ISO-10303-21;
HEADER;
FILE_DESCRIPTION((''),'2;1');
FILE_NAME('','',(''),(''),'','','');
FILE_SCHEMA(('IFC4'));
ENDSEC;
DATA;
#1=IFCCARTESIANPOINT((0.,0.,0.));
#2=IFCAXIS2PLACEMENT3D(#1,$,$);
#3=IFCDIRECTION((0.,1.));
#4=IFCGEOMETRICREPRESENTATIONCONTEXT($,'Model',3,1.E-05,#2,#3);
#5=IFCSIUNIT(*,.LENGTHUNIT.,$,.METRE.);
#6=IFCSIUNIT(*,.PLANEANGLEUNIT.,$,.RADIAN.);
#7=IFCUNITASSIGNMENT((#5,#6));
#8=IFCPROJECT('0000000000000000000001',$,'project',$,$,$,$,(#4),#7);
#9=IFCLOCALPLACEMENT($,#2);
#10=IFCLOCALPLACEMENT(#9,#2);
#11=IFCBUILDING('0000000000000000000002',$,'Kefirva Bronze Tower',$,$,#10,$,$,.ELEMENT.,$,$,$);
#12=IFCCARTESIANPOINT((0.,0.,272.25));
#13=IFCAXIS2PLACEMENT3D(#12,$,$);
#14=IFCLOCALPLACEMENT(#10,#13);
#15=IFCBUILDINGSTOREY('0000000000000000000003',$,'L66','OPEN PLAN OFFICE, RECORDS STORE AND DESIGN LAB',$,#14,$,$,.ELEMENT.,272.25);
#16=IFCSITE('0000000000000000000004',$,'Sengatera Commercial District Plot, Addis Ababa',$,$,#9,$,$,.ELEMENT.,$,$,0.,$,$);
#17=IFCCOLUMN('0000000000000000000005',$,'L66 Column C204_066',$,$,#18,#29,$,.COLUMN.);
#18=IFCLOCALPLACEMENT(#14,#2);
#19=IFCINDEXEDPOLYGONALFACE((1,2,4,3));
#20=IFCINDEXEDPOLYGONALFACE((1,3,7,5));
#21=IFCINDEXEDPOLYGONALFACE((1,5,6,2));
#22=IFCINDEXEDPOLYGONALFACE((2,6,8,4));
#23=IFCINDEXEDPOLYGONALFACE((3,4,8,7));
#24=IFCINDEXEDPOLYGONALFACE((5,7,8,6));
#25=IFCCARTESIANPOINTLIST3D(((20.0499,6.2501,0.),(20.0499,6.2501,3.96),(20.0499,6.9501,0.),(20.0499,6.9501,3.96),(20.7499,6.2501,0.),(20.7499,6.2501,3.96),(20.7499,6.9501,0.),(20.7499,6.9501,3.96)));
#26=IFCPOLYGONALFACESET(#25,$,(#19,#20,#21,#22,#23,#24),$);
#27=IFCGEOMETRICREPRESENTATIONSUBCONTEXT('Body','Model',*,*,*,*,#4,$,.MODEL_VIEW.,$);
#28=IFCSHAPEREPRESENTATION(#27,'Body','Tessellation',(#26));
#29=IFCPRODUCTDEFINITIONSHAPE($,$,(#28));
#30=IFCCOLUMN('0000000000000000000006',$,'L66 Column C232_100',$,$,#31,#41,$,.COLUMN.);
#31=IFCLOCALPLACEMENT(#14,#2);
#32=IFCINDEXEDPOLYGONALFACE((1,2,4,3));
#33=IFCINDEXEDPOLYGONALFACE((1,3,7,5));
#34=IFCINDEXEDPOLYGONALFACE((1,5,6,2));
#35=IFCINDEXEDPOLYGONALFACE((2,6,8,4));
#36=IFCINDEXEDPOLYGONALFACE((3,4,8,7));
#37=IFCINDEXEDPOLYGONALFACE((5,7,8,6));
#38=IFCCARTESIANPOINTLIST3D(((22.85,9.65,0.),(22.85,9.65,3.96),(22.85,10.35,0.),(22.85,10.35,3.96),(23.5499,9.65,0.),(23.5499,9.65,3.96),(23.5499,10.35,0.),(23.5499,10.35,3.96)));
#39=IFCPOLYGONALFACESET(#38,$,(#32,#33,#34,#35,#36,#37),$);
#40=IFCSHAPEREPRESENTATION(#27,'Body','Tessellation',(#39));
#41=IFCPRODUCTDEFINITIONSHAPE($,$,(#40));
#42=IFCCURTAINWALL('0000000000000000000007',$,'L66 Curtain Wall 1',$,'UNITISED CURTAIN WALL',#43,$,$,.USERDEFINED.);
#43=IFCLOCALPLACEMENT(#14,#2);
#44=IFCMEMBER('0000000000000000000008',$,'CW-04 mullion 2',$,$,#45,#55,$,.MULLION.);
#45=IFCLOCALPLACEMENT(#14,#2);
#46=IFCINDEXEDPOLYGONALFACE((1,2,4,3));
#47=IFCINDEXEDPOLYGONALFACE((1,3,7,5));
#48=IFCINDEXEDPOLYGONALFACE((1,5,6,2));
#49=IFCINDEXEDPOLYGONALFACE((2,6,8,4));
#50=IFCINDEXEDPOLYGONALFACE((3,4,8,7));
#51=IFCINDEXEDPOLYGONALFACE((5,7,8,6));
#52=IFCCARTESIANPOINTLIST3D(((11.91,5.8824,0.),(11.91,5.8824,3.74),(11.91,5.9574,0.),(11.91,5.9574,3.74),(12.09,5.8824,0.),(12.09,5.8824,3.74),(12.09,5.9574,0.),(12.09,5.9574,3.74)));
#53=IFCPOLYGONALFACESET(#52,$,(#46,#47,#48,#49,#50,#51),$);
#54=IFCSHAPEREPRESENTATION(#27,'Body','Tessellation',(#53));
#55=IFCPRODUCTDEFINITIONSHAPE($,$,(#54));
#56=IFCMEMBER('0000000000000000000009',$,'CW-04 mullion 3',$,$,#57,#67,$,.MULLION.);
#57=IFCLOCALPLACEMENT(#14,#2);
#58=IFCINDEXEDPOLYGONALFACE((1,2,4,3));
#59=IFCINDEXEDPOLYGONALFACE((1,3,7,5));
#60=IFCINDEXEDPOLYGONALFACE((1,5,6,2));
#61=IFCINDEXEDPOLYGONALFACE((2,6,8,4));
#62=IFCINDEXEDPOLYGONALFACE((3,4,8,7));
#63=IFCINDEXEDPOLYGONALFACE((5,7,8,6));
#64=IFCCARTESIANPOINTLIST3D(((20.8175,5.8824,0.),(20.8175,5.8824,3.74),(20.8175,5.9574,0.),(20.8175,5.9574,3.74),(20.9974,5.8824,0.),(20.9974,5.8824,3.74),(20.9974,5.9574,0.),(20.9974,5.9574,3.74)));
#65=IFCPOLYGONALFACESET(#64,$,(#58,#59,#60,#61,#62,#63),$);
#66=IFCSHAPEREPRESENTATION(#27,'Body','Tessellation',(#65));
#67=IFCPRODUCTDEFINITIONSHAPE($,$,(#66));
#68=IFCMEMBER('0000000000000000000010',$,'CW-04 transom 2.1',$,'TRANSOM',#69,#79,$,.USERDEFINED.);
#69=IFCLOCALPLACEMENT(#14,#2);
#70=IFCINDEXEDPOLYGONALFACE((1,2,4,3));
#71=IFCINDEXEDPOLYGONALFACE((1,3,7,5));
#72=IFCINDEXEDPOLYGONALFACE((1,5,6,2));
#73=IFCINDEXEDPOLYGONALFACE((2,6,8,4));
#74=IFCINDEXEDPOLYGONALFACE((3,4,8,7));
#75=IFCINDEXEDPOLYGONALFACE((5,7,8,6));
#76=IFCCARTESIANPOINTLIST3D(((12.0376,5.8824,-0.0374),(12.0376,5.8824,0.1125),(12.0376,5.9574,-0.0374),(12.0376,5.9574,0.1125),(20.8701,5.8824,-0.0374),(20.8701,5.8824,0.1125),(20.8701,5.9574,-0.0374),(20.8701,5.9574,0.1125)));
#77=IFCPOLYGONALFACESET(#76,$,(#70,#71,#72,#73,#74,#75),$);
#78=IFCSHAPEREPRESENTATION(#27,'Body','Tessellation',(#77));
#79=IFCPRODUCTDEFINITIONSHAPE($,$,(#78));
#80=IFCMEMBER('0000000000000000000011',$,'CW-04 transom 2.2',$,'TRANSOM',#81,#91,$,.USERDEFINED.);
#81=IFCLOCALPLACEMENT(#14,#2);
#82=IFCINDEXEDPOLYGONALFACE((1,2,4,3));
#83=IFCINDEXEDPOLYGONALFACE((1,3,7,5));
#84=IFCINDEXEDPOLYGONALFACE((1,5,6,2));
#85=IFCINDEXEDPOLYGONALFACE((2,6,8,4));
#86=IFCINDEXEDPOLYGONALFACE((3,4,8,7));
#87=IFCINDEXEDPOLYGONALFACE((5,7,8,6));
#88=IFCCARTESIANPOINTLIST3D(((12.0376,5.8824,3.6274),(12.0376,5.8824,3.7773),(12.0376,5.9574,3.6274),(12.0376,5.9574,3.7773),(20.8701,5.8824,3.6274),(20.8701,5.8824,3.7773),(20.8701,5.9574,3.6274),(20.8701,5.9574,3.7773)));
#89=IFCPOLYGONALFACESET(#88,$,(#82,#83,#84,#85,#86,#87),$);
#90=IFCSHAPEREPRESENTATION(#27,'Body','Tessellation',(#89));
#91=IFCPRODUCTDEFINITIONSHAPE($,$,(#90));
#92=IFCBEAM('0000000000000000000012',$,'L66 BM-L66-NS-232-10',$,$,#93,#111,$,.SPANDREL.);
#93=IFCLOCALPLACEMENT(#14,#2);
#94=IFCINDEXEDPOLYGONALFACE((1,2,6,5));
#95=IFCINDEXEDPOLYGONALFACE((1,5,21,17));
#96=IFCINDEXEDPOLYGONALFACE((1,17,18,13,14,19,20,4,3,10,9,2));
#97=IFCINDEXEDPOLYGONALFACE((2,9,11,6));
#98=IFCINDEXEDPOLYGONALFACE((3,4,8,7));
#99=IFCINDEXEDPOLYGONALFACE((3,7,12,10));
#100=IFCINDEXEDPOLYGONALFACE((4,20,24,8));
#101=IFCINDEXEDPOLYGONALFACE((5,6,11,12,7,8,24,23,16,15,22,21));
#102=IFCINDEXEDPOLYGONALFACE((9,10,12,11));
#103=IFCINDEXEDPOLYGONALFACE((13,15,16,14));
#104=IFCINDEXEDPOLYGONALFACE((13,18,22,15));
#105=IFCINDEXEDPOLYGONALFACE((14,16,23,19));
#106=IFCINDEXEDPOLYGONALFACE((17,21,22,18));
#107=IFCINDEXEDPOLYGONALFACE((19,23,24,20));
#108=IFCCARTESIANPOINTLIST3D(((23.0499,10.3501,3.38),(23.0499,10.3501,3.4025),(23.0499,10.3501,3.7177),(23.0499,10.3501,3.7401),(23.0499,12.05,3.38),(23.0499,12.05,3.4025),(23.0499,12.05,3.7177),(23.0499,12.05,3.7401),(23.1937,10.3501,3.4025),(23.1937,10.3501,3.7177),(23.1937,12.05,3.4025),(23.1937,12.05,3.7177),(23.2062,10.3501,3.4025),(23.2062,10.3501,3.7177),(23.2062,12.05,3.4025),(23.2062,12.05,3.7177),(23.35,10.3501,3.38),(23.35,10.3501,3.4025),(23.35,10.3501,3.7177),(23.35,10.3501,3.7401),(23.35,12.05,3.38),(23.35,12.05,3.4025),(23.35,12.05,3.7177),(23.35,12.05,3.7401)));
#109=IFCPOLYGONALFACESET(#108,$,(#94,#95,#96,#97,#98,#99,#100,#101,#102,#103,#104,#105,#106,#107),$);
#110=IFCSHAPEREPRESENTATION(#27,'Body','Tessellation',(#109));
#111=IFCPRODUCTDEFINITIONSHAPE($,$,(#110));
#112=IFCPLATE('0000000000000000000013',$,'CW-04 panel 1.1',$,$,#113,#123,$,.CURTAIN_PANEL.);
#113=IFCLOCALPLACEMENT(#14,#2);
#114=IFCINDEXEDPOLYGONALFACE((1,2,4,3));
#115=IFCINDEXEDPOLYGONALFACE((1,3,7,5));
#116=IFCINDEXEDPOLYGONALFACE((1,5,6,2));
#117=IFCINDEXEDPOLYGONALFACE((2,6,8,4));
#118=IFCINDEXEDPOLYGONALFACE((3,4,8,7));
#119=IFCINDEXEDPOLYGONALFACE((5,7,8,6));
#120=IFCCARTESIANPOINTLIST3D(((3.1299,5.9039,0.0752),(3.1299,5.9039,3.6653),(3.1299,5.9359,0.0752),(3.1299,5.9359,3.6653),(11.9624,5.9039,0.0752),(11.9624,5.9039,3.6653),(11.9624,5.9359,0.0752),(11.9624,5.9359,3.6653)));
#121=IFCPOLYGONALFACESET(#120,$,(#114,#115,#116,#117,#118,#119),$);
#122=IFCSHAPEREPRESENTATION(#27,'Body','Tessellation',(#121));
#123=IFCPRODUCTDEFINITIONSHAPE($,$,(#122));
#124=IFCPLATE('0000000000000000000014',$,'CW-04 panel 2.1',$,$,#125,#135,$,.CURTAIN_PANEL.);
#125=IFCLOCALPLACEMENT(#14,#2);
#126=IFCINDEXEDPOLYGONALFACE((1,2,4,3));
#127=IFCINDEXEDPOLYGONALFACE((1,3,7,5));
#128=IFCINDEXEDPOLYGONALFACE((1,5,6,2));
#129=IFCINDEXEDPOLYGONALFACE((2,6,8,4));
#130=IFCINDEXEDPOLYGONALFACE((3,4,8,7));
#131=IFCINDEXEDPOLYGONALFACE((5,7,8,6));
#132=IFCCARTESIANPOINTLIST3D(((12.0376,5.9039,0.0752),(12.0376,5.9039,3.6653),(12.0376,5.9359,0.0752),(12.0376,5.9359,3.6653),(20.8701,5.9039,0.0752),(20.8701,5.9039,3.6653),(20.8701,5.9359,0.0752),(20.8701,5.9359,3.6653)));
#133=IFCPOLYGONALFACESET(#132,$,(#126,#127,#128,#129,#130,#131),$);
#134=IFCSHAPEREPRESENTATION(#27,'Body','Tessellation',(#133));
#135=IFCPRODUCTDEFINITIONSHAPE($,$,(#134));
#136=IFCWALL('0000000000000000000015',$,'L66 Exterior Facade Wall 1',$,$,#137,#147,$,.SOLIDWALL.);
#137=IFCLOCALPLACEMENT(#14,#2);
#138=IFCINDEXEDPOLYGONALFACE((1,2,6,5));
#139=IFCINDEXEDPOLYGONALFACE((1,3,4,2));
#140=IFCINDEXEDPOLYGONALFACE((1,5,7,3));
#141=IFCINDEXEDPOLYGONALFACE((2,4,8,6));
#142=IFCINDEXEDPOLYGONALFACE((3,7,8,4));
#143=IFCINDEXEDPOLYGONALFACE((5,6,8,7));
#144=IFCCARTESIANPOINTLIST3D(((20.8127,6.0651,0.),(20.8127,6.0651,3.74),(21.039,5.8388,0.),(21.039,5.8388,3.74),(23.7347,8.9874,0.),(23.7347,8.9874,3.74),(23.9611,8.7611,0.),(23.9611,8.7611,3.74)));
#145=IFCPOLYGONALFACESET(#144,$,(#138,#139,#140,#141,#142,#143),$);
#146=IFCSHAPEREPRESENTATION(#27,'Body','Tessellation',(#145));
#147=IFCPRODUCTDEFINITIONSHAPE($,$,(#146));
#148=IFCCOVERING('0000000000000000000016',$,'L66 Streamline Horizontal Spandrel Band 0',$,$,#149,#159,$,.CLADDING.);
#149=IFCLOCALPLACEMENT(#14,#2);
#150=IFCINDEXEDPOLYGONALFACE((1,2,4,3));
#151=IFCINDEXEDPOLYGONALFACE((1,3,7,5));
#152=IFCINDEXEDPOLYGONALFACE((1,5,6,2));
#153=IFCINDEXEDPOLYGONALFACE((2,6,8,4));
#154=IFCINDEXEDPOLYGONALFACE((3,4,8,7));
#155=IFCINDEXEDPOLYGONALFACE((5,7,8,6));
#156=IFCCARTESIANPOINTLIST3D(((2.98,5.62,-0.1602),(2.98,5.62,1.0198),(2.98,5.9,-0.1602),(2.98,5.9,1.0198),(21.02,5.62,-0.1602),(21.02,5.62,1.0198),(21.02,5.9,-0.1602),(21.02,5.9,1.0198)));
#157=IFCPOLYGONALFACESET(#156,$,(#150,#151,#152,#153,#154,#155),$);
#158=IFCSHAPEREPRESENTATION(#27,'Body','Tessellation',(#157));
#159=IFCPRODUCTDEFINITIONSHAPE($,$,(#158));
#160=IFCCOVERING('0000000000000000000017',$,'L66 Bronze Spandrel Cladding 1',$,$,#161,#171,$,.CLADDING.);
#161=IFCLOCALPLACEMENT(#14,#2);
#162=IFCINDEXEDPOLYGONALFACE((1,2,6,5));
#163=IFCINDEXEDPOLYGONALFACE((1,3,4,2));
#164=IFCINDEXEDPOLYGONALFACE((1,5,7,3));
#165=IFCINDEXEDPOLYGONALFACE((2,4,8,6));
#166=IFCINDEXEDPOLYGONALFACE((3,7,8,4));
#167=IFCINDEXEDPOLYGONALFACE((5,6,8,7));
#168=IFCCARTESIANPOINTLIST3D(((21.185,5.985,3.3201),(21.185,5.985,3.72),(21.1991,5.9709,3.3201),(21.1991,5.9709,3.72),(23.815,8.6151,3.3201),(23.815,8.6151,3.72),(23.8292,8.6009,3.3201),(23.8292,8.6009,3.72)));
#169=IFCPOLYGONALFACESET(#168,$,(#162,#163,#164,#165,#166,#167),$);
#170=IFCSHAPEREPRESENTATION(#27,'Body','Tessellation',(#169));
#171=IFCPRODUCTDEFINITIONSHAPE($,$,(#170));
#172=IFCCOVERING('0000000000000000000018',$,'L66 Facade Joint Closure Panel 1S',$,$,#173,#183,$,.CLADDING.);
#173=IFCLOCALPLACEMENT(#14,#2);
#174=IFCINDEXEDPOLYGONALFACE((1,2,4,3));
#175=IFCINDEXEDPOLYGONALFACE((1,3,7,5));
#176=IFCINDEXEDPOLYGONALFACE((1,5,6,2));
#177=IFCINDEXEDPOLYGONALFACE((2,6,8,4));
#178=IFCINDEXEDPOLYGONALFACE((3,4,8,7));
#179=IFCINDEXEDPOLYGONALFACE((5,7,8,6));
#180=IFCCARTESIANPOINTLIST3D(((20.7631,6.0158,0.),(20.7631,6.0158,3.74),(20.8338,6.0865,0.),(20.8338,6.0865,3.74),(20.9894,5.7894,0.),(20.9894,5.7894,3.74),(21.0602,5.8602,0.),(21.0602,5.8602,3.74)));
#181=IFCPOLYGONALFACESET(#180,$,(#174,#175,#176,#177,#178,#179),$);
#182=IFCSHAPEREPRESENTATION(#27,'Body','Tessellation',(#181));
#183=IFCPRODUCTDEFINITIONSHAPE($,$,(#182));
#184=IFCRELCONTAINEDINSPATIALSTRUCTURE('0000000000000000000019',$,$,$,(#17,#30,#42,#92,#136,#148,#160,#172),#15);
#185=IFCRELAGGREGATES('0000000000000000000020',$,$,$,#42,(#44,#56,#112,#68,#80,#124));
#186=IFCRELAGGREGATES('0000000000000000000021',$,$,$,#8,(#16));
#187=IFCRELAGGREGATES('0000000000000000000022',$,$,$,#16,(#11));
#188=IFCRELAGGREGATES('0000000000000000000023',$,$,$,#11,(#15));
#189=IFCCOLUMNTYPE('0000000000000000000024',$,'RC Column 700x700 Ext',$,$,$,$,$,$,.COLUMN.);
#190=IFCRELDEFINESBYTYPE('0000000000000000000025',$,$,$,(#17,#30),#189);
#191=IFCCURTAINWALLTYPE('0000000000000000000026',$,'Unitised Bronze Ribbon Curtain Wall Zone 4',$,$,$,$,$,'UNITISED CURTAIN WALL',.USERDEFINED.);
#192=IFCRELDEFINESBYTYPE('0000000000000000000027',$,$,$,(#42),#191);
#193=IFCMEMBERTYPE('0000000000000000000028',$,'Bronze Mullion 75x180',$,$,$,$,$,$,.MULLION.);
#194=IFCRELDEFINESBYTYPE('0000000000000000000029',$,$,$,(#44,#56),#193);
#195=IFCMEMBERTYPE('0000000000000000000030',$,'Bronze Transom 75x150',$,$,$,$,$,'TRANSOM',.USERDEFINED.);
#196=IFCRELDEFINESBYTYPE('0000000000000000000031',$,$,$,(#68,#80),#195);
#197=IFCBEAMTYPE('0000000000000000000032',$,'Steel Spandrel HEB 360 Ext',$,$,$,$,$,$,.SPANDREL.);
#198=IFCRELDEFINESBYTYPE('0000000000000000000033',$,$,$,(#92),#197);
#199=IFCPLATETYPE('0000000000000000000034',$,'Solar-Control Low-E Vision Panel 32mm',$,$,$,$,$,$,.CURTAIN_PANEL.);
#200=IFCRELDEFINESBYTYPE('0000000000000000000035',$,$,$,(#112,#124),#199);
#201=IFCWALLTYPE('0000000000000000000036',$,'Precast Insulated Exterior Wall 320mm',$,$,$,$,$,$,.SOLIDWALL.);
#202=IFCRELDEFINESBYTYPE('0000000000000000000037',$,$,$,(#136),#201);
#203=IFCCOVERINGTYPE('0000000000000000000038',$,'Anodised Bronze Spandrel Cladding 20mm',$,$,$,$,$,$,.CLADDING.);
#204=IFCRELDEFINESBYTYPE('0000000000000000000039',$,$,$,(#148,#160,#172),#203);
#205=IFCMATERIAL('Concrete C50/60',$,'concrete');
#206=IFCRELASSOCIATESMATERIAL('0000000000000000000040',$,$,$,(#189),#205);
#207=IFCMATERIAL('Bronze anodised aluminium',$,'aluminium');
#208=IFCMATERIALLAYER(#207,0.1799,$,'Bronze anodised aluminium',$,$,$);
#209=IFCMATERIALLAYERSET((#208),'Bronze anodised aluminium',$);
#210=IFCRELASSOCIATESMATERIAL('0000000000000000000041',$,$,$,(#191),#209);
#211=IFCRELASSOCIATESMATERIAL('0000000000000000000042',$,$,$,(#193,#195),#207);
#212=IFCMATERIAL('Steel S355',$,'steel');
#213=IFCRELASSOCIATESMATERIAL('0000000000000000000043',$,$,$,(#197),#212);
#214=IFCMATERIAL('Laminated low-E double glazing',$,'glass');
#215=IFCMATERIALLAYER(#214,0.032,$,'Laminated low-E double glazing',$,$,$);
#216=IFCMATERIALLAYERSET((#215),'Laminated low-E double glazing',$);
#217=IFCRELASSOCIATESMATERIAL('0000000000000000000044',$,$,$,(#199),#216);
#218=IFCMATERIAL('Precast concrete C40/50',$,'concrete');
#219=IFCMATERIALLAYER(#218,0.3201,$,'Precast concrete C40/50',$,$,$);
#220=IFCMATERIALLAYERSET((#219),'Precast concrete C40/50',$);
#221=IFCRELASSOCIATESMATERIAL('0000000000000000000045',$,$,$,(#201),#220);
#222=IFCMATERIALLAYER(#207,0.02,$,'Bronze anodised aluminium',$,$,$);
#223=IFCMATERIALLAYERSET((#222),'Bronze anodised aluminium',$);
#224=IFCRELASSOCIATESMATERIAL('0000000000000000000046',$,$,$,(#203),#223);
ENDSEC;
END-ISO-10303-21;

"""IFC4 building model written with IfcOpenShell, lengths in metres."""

from ifc_helpers import new_model, si_unit, direction, frame, frame_2d, origin, origin_2d, place, context, subcontext, project, spatial, rectangle, i_section, extrude, material, layer, layer_set, material_profile, profile_set, type_object, element, aggregate, save


model = new_model("IFC4")

# Units and contexts
model_context = context("Model", 3, precision=1e-05, world=origin(), true_north=direction((0.0, 1.0)))
body_context = subcontext(model_context, "Body", "Model", "MODEL_VIEW")
ifc_project = project(units=[si_unit("LENGTHUNIT", "METRE"), si_unit("PLANEANGLEUNIT", "RADIAN")], contexts=[model_context])

# Site, building, storey
site_placement = place(None, origin())
site = spatial("IfcSite", under=ifc_project, at=site_placement, Name="Sengatera Commercial District Plot, Addis Ababa", CompositionType="ELEMENT", RefElevation=0.0)
building_placement = place(site_placement, origin())
building = spatial("IfcBuilding", under=site, at=building_placement, Name="Kefirva Bronze Tower", CompositionType="ELEMENT")
storey_placement = place(building_placement, frame((0.0, 0.0, 272.25)))
storey = spatial("IfcBuildingStorey", under=building, at=storey_placement, Name="L66", Description="OPEN PLAN OFFICE, RECORDS STORE AND DESIGN LAB", CompositionType="ELEMENT", Elevation=272.25)

# Columns
ifc_material_1 = material(Name="Concrete C50/60", Category="concrete")
ifc_material_profile_1 = material_profile(ifc_material_1, rectangle(XDim=0.7, YDim=0.7, at=origin_2d()), Name="RC 700x700")
ifc_profile_set_1 = profile_set([ifc_material_profile_1], Name="Concrete C50/60")
column_type = type_object("IfcColumnType", Name="RC Column 700x700 Ext", PredefinedType="COLUMN", material=ifc_profile_set_1)
for number, where, z_axis, x_axis, name in (
    (1, (20.3999, 6.6001, 0.0), (0.0, 0.0, 1.0), (1.0, 0.0, 0.0), "L66 Column C204_066"),
    (2, (23.2, 10.0, 0.0), (0.0, 0.0, 1.0), (1.0, 0.0, 0.0), "L66 Column C232_100"),
):
    element("IfcColumn", number, at=place(storey_placement, frame(where, z_axis=z_axis, x_axis=x_axis)), inside=storey, type_object=column_type, Name=name, PredefinedType="COLUMN", context=body_context, shape_type="SweptSolid", body=[
        extrude(rectangle(XDim=0.7, YDim=0.7, at=origin_2d()), origin(), (0.0, 0.0, 1.0), 3.96),
    ])

# Curtain wall, members
ifc_material_2 = material(Name="Bronze anodised aluminium", Category="aluminium")
ifc_layer_1 = layer(ifc_material_2, 0.1799, Name="Bronze anodised aluminium")
ifc_layer_set_1 = layer_set([ifc_layer_1], Name="Bronze anodised aluminium")
curtain_wall_type = type_object("IfcCurtainWallType", Name="Unitised Bronze Ribbon Curtain Wall Zone 4", ElementType="UNITISED CURTAIN WALL", PredefinedType="USERDEFINED", material=ifc_layer_set_1)
curtain_wall_placement = place(storey_placement, origin())
curtain_wall = element("IfcCurtainWall", 3, at=curtain_wall_placement, inside=storey, type_object=curtain_wall_type, Name="L66 Curtain Wall 1", ObjectType="UNITISED CURTAIN WALL", PredefinedType="USERDEFINED")
ifc_material_profile_2 = material_profile(ifc_material_2, rectangle(XDim=0.075, YDim=0.1799, at=origin_2d()), Name="ALU 75x180")
ifc_profile_set_2 = profile_set([ifc_material_profile_2], Name="Bronze anodised aluminium")
member_type_1 = type_object("IfcMemberType", Name="Bronze Mullion 75x180", PredefinedType="MULLION", material=ifc_profile_set_2)
member_1_placement = place(storey_placement, frame((12.0, 5.9199, 0.0), z_axis=(0.0, 0.0, 1.0), x_axis=(0.0, 1.0, 0.0)))
member_1 = element("IfcMember", 4, at=member_1_placement, type_object=member_type_1, Name="CW-04 mullion 2", PredefinedType="MULLION", context=body_context, shape_type="SweptSolid", body=[
    extrude(rectangle(XDim=0.075, YDim=0.1799, at=origin_2d()), origin(), (0.0, 0.0, 1.0), 3.74),
])
member_2_placement = place(storey_placement, frame((20.9075, 5.9199, 0.0), z_axis=(0.0, 0.0, 1.0), x_axis=(0.0, 1.0, 0.0)))
member_2 = element("IfcMember", 5, at=member_2_placement, type_object=member_type_1, Name="CW-04 mullion 3", PredefinedType="MULLION", context=body_context, shape_type="SweptSolid", body=[
    extrude(rectangle(XDim=0.075, YDim=0.1799, at=origin_2d()), origin(), (0.0, 0.0, 1.0), 3.74),
])
ifc_material_profile_3 = material_profile(ifc_material_2, rectangle(XDim=0.075, YDim=0.1499, at=origin_2d()), Name="ALU 75x150")
ifc_profile_set_3 = profile_set([ifc_material_profile_3], Name="Bronze anodised aluminium")
member_type_2 = type_object("IfcMemberType", Name="Bronze Transom 75x150", ElementType="TRANSOM", PredefinedType="USERDEFINED", material=ifc_profile_set_3)
member_3_placement = place(storey_placement, frame((12.0376, 5.9199, 0.0376), z_axis=(1.0, 0.0, 0.0), x_axis=(0.0, 1.0, 0.0)))
member_3 = element("IfcMember", 6, at=member_3_placement, type_object=member_type_2, Name="CW-04 transom 2.1", ObjectType="TRANSOM", PredefinedType="USERDEFINED", context=body_context, shape_type="SweptSolid", body=[
    extrude(rectangle(XDim=0.075, YDim=0.1499, at=origin_2d()), origin(), (0.0, 0.0, 1.0), 8.8325),
])
member_4_placement = place(storey_placement, frame((12.0376, 5.9199, 3.7024), z_axis=(1.0, 0.0, 0.0), x_axis=(0.0, 1.0, 0.0)))
member_4 = element("IfcMember", 7, at=member_4_placement, type_object=member_type_2, Name="CW-04 transom 2.2", ObjectType="TRANSOM", PredefinedType="USERDEFINED", context=body_context, shape_type="SweptSolid", body=[
    extrude(rectangle(XDim=0.075, YDim=0.1499, at=origin_2d()), origin(), (0.0, 0.0, 1.0), 8.8325),
])

# Beam
ifc_material_3 = material(Name="Steel S355", Category="steel")
ifc_material_profile_4 = material_profile(ifc_material_3, i_section(OverallWidth=0.3, OverallDepth=0.3601, WebThickness=0.0125, FlangeThickness=0.0225, at=origin_2d()), Name="HEB 360")
ifc_profile_set_4 = profile_set([ifc_material_profile_4], Name="Steel S355")
beam_type = type_object("IfcBeamType", Name="Steel Spandrel HEB 360 Ext", PredefinedType="SPANDREL", material=ifc_profile_set_4)
beam_placement = place(storey_placement, frame((23.2, 10.3501, 3.5601), z_axis=(0.0, 1.0, 0.0), x_axis=(-1.0, 0.0, 0.0)))
element("IfcBeam", 8, at=beam_placement, inside=storey, type_object=beam_type, Name="L66 BM-L66-NS-232-10", PredefinedType="SPANDREL", context=body_context, shape_type="SweptSolid", body=[
    extrude(i_section(OverallWidth=0.3, OverallDepth=0.3601, WebThickness=0.0125, FlangeThickness=0.0225, at=origin_2d()), origin(), (0.0, 0.0, 1.0), 1.7),
])

# Plates
ifc_material_4 = material(Name="Laminated low-E double glazing", Category="glass")
ifc_layer_2 = layer(ifc_material_4, 0.032, Name="Laminated low-E double glazing")
ifc_layer_set_2 = layer_set([ifc_layer_2], Name="Laminated low-E double glazing")
plate_type = type_object("IfcPlateType", Name="Solar-Control Low-E Vision Panel 32mm", PredefinedType="CURTAIN_PANEL", material=ifc_layer_set_2)
plate_1_placement = place(storey_placement, frame((7.5461, 5.9199, 0.0752), z_axis=(0.0, 0.0, 1.0), x_axis=(1.0, 0.0, 0.0)))
plate_1 = element("IfcPlate", 9, at=plate_1_placement, type_object=plate_type, Name="CW-04 panel 1.1", PredefinedType="CURTAIN_PANEL", context=body_context, shape_type="SweptSolid", body=[
    extrude(rectangle(XDim=8.8325, YDim=0.032, at=origin_2d()), origin(), (0.0, 0.0, 1.0), 3.5901),
])
plate_2_placement = place(storey_placement, frame((16.4539, 5.9199, 0.0752), z_axis=(0.0, 0.0, 1.0), x_axis=(1.0, 0.0, 0.0)))
plate_2 = element("IfcPlate", 10, at=plate_2_placement, type_object=plate_type, Name="CW-04 panel 2.1", PredefinedType="CURTAIN_PANEL", context=body_context, shape_type="SweptSolid", body=[
    extrude(rectangle(XDim=8.8325, YDim=0.032, at=origin_2d()), origin(), (0.0, 0.0, 1.0), 3.5901),
])
aggregate(curtain_wall, [member_1, member_2, plate_1, member_3, member_4, plate_2])

# Wall
ifc_material_5 = material(Name="Precast concrete C40/50", Category="concrete")
ifc_layer_3 = layer(ifc_material_5, 0.3201, Name="Precast concrete C40/50")
ifc_layer_set_3 = layer_set([ifc_layer_3], Name="Precast concrete C40/50")
wall_type = type_object("IfcWallType", Name="Precast Insulated Exterior Wall 320mm", PredefinedType="SOLIDWALL", material=ifc_layer_set_3)
wall_placement = place(storey_placement, frame((20.9258, 5.9519, 0.0), z_axis=(0.0, 0.0, 1.0), x_axis=(0.707077, 0.707136, 0.0)))
element("IfcWall", 11, at=wall_placement, inside=storey, type_object=wall_type, Name="L66 Exterior Facade Wall 1", PredefinedType="SOLIDWALL", context=body_context, shape_type="SweptSolid", body=[
    extrude(rectangle(XDim=4.1326, YDim=0.3201, at=frame_2d((2.0664, 0.0))), origin(), (0.0, 0.0, 1.0), 3.74),
])

# Coverings
ifc_layer_4 = layer(ifc_material_2, 0.02, Name="Bronze anodised aluminium")
ifc_layer_set_4 = layer_set([ifc_layer_4], Name="Bronze anodised aluminium")
covering_type_1 = type_object("IfcCoveringType", Name="Anodised Bronze Spandrel Cladding 20mm", PredefinedType="CLADDING", material=ifc_layer_set_4)
covering_1_placement = place(storey_placement, frame((12.0, 5.76, -0.1602), z_axis=(0.0, 0.0, 1.0), x_axis=(1.0, 0.0, 0.0)))
element("IfcCovering", 12, at=covering_1_placement, inside=storey, type_object=covering_type_1, Name="L66 Streamline Horizontal Spandrel Band 0", PredefinedType="CLADDING", context=body_context, shape_type="SweptSolid", body=[
    extrude(rectangle(XDim=18.04, YDim=0.28, at=origin_2d()), origin(), (0.0, 0.0, 1.0), 1.1799),
])
covering_2_placement = place(storey_placement, frame((22.5071, 7.293, 3.3201), z_axis=(0.0, 0.0, 1.0), x_axis=(0.707107, 0.707107, 0.0)))
element("IfcCovering", 13, at=covering_2_placement, inside=storey, type_object=covering_type_1, Name="L66 Bronze Spandrel Cladding 1", PredefinedType="CLADDING", context=body_context, shape_type="SweptSolid", body=[
    extrude(rectangle(XDim=3.7195, YDim=0.02, at=origin_2d()), origin(), (0.0, 0.0, 1.0), 0.3999),
])
covering_3_placement = place(storey_placement, frame((20.9116, 5.938, 0.0), z_axis=(0.0, 0.0, 1.0), x_axis=(0.707107, 0.707107, 0.0)))
element("IfcCovering", 14, at=covering_3_placement, inside=storey, type_object=covering_type_1, Name="L66 Facade Joint Closure Panel 1S", PredefinedType="CLADDING", context=body_context, shape_type="SweptSolid", body=[
    extrude(rectangle(XDim=0.1001, YDim=0.3201, at=origin_2d()), origin(), (0.0, 0.0, 1.0), 3.74),
])

save(model, "model.ifc")
